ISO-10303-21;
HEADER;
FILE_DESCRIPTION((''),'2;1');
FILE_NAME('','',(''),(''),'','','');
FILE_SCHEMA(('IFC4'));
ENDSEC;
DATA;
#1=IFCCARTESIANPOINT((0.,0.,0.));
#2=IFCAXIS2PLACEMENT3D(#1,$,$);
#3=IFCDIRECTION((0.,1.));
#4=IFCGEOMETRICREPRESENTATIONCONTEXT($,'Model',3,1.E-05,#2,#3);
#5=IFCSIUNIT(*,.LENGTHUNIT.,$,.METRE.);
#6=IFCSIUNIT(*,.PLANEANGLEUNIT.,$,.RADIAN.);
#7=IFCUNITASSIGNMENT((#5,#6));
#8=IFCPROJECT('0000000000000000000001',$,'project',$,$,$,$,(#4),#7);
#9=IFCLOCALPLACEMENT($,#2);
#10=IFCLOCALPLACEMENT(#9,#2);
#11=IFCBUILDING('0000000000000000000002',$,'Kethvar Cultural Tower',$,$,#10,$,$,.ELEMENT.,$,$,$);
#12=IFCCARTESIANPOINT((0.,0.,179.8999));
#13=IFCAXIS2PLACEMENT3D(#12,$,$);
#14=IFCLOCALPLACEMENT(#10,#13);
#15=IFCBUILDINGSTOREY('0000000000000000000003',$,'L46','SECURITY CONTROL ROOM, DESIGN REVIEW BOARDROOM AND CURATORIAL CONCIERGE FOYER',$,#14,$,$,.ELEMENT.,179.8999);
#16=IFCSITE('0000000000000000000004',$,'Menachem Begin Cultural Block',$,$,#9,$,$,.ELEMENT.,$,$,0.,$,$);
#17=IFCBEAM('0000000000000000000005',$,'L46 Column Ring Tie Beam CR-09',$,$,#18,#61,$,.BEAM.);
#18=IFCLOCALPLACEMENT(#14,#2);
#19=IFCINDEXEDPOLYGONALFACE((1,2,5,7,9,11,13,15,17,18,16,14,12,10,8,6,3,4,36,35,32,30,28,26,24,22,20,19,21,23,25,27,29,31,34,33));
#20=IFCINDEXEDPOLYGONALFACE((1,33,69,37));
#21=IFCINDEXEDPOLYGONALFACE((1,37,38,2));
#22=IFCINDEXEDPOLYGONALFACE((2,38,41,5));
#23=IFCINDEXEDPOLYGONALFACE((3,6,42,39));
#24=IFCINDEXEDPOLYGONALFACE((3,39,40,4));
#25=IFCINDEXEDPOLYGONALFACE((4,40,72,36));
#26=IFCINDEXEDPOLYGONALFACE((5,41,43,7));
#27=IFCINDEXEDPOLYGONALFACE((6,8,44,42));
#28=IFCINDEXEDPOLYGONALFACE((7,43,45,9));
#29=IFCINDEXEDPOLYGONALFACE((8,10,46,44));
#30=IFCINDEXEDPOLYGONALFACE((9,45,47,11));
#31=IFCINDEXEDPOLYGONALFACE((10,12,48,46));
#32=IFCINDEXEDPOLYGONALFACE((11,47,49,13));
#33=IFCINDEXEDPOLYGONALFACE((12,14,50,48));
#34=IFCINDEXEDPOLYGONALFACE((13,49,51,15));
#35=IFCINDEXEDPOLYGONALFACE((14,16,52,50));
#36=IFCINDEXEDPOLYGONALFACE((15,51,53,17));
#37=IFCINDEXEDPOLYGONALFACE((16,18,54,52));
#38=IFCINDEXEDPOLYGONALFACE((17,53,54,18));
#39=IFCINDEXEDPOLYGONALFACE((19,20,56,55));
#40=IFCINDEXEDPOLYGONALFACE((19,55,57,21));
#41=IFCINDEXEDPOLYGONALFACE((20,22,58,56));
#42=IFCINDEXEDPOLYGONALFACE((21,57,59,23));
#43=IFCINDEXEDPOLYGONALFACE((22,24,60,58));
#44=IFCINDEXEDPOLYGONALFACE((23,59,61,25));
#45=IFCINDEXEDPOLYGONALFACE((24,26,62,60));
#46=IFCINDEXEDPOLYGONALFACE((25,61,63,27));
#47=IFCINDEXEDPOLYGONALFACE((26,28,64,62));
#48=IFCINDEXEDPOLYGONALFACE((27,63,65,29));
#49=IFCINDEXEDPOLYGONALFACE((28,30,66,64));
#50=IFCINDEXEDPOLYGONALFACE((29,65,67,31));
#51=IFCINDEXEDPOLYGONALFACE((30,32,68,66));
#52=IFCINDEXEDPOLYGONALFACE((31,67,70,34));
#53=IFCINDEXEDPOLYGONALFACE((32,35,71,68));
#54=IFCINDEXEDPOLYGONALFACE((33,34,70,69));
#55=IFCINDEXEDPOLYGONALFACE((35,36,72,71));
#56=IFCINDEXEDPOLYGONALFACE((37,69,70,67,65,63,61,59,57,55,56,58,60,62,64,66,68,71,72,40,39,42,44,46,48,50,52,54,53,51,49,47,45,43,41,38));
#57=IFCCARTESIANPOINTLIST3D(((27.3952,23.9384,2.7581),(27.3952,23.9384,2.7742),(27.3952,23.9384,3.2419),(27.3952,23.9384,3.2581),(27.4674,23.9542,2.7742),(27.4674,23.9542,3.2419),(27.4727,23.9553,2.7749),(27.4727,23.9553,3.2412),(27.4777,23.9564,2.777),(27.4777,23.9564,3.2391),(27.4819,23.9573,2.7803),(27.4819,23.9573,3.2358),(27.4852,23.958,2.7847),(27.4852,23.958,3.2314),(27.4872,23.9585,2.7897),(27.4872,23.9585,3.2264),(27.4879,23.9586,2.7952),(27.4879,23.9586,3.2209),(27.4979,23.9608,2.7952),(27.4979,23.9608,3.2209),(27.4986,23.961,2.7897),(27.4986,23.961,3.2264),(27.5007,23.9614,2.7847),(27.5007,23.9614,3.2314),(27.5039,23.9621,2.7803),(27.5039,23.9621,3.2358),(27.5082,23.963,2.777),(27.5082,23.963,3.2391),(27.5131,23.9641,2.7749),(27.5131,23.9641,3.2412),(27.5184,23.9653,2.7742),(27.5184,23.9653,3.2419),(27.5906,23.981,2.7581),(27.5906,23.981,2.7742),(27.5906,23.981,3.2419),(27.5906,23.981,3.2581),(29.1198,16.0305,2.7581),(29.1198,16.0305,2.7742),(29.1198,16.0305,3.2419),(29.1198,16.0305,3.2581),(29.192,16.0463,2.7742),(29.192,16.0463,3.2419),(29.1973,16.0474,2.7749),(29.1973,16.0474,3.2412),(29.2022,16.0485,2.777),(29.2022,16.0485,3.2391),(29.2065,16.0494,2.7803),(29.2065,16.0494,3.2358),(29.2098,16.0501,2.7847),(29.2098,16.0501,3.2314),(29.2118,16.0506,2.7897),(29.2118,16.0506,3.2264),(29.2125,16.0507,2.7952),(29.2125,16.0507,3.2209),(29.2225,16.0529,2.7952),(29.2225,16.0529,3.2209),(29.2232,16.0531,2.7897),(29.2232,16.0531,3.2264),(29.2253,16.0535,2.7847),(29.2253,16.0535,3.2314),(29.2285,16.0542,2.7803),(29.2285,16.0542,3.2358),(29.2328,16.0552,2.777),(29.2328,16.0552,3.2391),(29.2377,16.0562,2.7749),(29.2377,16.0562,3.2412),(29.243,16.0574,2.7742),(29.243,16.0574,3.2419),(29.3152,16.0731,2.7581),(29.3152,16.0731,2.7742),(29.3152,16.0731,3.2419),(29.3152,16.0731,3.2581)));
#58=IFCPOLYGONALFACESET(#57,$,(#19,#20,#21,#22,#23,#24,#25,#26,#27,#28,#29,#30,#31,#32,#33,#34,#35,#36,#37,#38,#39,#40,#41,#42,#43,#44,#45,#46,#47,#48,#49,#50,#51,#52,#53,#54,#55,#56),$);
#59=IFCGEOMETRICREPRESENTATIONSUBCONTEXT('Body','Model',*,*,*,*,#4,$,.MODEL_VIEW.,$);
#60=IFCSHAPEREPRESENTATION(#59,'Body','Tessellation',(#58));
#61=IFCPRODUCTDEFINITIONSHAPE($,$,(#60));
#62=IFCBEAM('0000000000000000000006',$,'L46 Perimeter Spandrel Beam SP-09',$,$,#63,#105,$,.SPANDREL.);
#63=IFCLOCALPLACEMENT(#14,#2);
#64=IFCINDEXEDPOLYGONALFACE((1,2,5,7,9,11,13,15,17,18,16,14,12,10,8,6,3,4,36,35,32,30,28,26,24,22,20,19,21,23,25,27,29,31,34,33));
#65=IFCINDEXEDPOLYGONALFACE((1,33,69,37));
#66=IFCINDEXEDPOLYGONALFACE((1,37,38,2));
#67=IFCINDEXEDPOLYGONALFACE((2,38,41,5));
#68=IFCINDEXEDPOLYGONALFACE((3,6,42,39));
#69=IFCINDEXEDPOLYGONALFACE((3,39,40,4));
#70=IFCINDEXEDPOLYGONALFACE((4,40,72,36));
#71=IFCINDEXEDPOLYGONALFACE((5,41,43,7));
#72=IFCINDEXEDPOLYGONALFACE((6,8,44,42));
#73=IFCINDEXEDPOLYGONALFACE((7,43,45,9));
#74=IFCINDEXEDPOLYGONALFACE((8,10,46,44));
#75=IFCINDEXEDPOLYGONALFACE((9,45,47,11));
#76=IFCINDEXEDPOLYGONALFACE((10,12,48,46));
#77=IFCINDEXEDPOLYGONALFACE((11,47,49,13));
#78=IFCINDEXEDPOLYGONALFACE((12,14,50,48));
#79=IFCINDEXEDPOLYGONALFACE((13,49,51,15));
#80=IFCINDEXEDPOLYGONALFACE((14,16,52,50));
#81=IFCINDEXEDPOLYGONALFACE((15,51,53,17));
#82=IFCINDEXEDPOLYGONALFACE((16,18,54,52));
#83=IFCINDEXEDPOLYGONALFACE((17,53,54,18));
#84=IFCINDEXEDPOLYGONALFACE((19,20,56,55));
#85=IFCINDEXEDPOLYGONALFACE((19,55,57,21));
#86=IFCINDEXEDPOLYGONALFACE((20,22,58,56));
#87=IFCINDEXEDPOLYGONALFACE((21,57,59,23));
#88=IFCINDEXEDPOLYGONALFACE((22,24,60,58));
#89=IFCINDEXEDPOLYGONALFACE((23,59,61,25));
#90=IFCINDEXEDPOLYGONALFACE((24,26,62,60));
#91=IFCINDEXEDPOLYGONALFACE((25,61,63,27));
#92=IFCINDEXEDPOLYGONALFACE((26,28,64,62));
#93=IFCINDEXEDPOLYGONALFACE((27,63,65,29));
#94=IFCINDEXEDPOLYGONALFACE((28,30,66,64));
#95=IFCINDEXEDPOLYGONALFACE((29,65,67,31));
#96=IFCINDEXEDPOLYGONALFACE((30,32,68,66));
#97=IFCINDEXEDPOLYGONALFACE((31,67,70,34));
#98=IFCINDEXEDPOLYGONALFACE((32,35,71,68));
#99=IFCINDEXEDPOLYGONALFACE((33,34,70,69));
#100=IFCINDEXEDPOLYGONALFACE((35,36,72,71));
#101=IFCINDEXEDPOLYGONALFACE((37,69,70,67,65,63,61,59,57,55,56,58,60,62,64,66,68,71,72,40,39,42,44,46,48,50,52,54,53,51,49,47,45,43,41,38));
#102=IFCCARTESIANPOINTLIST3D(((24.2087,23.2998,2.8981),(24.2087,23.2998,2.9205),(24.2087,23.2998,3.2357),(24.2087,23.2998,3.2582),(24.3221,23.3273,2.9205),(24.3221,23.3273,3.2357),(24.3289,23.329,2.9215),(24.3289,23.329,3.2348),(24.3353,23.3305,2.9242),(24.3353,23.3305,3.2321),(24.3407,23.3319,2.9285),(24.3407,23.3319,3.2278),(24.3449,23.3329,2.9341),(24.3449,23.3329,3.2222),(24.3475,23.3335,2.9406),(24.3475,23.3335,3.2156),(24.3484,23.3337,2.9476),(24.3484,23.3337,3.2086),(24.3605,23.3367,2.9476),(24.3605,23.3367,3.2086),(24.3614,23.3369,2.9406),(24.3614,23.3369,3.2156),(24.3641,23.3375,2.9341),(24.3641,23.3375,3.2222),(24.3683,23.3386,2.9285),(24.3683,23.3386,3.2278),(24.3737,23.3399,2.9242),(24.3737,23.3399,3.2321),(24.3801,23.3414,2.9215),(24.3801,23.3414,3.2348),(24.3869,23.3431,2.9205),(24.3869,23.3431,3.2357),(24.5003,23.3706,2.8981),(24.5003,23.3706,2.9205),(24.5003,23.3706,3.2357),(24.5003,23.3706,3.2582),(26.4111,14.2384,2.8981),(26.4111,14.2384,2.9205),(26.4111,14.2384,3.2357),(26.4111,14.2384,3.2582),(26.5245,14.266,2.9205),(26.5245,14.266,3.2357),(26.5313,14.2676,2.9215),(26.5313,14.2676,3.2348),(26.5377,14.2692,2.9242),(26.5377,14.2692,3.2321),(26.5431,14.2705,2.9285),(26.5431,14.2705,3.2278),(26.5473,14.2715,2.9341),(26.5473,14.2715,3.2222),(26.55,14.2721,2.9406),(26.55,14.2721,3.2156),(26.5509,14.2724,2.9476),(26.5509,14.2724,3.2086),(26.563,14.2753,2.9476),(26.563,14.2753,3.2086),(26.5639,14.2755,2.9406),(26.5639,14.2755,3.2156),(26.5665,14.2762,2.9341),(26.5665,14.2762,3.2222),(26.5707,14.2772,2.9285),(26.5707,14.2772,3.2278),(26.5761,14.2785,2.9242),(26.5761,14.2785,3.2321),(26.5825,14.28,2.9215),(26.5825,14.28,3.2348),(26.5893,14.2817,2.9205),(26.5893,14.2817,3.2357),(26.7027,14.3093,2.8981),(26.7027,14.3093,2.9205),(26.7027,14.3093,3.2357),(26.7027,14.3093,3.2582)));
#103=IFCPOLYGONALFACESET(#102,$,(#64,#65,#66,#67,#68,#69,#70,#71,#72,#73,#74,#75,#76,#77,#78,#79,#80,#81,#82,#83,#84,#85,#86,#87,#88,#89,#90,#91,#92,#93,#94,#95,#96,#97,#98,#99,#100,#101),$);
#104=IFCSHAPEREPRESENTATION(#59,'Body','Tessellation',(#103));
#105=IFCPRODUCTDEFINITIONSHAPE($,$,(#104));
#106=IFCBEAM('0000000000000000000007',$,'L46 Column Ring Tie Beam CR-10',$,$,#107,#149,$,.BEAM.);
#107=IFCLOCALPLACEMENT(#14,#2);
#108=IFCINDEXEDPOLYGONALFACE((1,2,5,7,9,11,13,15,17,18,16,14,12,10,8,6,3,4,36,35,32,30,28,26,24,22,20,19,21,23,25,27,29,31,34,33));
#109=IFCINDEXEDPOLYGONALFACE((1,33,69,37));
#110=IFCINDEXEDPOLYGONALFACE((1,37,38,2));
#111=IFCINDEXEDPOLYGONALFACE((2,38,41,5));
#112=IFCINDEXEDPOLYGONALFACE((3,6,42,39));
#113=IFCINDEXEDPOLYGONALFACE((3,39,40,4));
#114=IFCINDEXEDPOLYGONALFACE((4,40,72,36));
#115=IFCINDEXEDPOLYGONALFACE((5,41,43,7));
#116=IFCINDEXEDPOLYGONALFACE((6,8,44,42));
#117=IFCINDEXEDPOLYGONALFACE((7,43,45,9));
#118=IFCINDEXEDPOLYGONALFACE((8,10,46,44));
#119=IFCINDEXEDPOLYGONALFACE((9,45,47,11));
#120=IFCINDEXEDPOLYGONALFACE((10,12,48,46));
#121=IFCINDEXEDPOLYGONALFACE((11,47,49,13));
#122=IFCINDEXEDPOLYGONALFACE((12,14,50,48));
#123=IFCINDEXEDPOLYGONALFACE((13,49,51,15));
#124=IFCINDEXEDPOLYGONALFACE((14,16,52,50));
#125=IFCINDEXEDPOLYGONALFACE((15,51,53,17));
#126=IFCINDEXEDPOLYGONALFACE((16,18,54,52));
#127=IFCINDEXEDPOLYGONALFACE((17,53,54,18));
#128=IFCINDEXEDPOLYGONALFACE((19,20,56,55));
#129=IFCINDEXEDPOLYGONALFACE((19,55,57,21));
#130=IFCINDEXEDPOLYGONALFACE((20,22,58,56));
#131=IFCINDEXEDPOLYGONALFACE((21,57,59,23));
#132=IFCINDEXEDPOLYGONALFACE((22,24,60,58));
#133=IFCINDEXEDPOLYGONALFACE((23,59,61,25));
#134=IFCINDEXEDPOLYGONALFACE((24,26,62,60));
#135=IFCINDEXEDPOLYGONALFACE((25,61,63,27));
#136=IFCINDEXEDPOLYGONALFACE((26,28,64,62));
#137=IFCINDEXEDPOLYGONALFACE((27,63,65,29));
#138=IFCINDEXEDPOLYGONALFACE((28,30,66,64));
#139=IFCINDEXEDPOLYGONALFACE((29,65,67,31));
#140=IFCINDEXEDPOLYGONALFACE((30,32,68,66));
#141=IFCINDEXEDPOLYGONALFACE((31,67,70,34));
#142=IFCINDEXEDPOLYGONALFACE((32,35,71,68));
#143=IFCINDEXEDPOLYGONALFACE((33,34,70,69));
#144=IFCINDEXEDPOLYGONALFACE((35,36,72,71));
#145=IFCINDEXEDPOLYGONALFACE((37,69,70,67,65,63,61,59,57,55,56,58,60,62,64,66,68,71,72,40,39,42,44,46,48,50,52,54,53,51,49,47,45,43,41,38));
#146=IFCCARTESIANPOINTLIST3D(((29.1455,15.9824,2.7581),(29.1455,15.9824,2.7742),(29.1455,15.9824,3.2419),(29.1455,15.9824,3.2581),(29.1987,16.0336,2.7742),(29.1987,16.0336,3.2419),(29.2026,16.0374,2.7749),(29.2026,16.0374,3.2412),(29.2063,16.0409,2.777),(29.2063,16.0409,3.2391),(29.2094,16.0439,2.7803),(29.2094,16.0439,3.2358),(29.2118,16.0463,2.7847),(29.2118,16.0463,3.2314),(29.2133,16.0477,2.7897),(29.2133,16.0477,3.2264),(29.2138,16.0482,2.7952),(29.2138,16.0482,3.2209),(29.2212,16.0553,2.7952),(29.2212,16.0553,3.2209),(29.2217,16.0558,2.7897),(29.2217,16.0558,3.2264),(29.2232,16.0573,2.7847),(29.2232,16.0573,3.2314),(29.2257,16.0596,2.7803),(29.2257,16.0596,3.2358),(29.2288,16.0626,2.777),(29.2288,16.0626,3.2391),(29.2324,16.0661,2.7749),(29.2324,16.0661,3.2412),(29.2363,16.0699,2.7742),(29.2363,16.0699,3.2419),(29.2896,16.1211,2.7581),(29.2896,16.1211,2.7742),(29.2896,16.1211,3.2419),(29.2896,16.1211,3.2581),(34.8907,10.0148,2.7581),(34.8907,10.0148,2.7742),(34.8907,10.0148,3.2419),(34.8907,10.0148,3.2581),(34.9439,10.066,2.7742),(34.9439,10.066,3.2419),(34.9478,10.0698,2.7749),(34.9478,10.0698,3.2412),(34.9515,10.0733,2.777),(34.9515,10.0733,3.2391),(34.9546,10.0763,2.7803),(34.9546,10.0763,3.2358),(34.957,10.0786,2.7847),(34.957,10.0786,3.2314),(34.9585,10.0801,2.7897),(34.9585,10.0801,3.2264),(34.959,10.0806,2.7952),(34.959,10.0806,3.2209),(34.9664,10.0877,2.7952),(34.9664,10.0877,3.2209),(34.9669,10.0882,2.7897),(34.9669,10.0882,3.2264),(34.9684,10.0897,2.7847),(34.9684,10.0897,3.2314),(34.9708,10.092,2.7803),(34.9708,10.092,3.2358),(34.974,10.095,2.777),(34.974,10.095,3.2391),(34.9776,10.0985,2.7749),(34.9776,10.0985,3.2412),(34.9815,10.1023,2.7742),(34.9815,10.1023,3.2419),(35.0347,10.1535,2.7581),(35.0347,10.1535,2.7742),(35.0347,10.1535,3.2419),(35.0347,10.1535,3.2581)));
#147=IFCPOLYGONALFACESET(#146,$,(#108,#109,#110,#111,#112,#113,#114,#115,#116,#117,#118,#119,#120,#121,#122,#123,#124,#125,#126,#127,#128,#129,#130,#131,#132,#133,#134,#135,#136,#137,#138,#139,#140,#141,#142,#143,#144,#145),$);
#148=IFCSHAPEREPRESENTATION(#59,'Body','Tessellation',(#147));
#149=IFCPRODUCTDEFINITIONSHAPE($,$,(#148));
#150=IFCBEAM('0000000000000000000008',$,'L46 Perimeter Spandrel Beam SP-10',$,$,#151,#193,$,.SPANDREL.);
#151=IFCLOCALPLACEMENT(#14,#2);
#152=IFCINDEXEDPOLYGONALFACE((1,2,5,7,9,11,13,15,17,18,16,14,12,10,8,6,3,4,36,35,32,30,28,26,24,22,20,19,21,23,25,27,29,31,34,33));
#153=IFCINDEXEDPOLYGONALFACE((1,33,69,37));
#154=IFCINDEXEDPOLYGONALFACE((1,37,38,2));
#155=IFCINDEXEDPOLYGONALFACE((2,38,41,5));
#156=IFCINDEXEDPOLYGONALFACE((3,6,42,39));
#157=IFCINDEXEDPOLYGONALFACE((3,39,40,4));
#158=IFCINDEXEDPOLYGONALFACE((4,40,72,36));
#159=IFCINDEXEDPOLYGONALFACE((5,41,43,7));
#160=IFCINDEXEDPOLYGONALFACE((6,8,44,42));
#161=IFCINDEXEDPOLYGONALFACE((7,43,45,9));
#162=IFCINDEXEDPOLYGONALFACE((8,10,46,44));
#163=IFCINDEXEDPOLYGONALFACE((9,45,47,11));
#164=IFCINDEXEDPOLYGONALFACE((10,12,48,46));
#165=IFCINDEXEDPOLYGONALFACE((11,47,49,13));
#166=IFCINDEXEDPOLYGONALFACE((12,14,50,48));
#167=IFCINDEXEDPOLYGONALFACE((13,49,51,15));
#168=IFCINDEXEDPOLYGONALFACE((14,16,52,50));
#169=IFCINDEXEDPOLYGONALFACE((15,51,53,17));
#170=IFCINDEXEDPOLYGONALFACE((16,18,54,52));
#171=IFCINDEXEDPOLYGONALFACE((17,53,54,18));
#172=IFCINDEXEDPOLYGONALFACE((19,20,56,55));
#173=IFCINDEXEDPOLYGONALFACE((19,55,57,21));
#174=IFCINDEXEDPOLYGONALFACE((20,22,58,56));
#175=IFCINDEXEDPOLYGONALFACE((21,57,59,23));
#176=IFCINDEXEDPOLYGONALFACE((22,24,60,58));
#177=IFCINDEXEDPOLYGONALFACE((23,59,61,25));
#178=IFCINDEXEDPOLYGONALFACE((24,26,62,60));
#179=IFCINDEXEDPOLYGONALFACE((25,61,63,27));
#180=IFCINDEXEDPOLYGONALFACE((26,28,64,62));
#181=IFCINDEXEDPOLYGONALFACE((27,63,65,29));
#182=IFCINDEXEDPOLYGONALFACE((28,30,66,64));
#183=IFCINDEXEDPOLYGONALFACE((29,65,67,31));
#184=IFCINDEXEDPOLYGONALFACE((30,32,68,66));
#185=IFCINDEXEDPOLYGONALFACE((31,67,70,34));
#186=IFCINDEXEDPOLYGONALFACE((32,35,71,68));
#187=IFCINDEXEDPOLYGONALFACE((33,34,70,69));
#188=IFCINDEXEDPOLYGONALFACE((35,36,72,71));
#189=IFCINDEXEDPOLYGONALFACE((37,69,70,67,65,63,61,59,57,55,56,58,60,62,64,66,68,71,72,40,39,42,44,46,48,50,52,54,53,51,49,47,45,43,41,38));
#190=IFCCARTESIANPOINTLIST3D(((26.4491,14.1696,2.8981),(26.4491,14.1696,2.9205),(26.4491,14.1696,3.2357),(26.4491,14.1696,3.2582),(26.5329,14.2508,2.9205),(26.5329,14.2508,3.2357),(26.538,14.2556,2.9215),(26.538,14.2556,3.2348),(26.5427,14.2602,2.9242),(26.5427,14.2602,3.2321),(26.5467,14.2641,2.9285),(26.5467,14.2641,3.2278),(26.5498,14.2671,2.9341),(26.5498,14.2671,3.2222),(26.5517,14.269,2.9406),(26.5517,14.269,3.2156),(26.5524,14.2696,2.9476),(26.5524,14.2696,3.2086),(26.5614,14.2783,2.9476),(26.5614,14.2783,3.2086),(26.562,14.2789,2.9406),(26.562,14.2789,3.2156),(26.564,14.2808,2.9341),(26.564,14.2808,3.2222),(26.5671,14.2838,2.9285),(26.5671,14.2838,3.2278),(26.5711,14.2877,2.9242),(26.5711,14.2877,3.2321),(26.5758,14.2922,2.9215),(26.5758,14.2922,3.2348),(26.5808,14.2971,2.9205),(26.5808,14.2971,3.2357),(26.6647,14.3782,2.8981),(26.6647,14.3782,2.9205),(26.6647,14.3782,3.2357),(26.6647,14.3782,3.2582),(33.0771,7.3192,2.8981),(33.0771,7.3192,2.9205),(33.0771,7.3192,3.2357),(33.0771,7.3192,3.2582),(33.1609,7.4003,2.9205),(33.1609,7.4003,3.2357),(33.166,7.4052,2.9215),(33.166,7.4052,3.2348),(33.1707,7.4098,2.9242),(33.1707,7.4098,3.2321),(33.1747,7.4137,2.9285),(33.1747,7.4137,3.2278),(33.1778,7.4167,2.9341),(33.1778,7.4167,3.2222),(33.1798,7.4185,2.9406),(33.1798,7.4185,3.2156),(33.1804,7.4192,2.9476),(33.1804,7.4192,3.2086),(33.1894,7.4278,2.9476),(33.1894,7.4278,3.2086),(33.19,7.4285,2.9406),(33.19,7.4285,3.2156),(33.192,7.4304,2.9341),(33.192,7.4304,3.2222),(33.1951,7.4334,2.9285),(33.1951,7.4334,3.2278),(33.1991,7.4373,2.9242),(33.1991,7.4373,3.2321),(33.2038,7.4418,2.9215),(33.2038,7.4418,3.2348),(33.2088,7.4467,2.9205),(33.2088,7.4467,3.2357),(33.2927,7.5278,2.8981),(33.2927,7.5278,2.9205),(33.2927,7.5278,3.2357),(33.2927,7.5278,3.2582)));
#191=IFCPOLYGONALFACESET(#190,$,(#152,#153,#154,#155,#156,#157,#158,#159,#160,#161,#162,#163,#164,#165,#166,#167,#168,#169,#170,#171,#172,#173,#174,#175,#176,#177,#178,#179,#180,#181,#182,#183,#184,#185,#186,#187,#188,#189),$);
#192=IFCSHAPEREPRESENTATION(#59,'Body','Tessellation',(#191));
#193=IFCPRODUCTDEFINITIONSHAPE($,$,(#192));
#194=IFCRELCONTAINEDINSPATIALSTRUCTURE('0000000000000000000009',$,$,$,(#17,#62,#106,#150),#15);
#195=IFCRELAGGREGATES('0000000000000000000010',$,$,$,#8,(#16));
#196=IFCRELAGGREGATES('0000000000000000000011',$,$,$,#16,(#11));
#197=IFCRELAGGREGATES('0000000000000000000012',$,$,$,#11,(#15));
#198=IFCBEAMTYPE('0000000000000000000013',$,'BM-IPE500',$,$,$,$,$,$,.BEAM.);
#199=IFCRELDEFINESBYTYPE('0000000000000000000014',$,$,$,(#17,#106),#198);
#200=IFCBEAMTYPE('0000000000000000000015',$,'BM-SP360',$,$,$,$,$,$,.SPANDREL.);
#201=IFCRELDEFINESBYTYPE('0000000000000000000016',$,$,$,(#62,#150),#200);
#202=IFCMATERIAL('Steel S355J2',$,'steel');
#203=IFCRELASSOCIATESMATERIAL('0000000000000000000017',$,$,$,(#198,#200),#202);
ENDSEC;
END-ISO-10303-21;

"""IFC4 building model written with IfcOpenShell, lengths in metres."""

from ifc_helpers import new_model, si_unit, direction, frame, origin, origin_2d, place, context, subcontext, project, spatial, i_section, extrude, source, transform, mapped, material, material_profile, profile_set, type_object, element, save


model = new_model("IFC4")

# Units and contexts
model_context = context("Model", 3, precision=1e-05, world=origin(), true_north=direction((0.0, 1.0)))
body_context = subcontext(model_context, "Body", "Model", "MODEL_VIEW")
ifc_project = project(units=[si_unit("LENGTHUNIT", "METRE"), si_unit("PLANEANGLEUNIT", "RADIAN")], contexts=[model_context])

# Site, building, storey
site_placement = place(None, origin())
site = spatial("IfcSite", under=ifc_project, at=site_placement, Name="Menachem Begin Cultural Block", CompositionType="ELEMENT", RefElevation=0.0)
building_placement = place(site_placement, origin())
building = spatial("IfcBuilding", under=site, at=building_placement, Name="Kethvar Cultural Tower", CompositionType="ELEMENT")
storey_placement = place(building_placement, frame((0.0, 0.0, 179.8999)))
storey = spatial("IfcBuildingStorey", under=building, at=storey_placement, Name="L46", Description="SECURITY CONTROL ROOM, DESIGN REVIEW BOARDROOM AND CURATORIAL CONCIERGE FOYER", CompositionType="ELEMENT", Elevation=179.8999)

# Beams
ifc_material_1 = material(Name="Steel S355J2", Category="steel")
ifc_material_profile_1 = material_profile(ifc_material_1, i_section(OverallWidth=0.2, OverallDepth=0.5, WebThickness=0.0103, FlangeThickness=0.0161, FilletRadius=0.021, at=origin_2d()), Name="Steel S355J2 — IPE500")
ifc_profile_set_1 = profile_set([ifc_material_profile_1], Name="Steel S355J2 — IPE500")
beam_type_1 = type_object("IfcBeamType", Name="BM-IPE500", PredefinedType="BEAM", material=ifc_profile_set_1)
shared_shape_1 = source(origin(), body_context, "Body", "SweptSolid", [
    extrude(i_section(OverallWidth=0.2, OverallDepth=0.5, WebThickness=0.0103, FlangeThickness=0.0161, FilletRadius=0.021, at=origin_2d()), origin(), (0.0, 0.0, 1.0), 8.0938),
])
beam_1_placement = place(storey_placement, frame((27.4929, 23.9597, 3.0081), z_axis=(0.213077, -0.977035, 0.0), x_axis=(0.977035, 0.213077, 0.0)))
element("IfcBeam", 1, at=beam_1_placement, inside=storey, type_object=beam_type_1, Name="L46 Column Ring Tie Beam CR-09", PredefinedType="BEAM", context=body_context, shape_type="MappedRepresentation", body=[
    mapped(shared_shape_1, transform((0.0, 0.0, 0.0), scale=1.0)),
])
ifc_material_profile_2 = material_profile(ifc_material_1, i_section(OverallWidth=0.3, OverallDepth=0.3601, WebThickness=0.0125, FlangeThickness=0.0225, FilletRadius=0.0271, at=origin_2d()), Name="Steel S355J2 — HEB360")
ifc_profile_set_2 = profile_set([ifc_material_profile_2], Name="Steel S355J2 — HEB360")
beam_type_2 = type_object("IfcBeamType", Name="BM-SP360", PredefinedType="SPANDREL", material=ifc_profile_set_2)
shared_shape_2 = source(origin(), body_context, "Body", "SweptSolid", [
    extrude(i_section(OverallWidth=0.3, OverallDepth=0.3601, WebThickness=0.0125, FlangeThickness=0.0225, FilletRadius=0.0271, at=origin_2d()), origin(), (0.0, 0.0, 1.0), 9.3252),
])
beam_2_placement = place(storey_placement, frame((24.3545, 23.3352, 3.0781), z_axis=(0.236179, -0.97171, 0.0), x_axis=(0.97171, 0.236179, 0.0)))
element("IfcBeam", 2, at=beam_2_placement, inside=storey, type_object=beam_type_2, Name="L46 Perimeter Spandrel Beam SP-09", PredefinedType="SPANDREL", context=body_context, shape_type="MappedRepresentation", body=[
    mapped(shared_shape_2, transform((0.0, 0.0, 0.0), scale=1.0)),
])
shared_shape_3 = source(origin(), body_context, "Body", "SweptSolid", [
    extrude(i_section(OverallWidth=0.2, OverallDepth=0.5, WebThickness=0.0103, FlangeThickness=0.0161, FilletRadius=0.021, at=origin_2d()), origin(), (0.0, 0.0, 1.0), 8.2837),
])
beam_3_placement = place(storey_placement, frame((29.2175, 16.0518, 3.0081), z_axis=(0.693554, -0.720404, 0.0), x_axis=(0.720404, 0.693554, 0.0)))
element("IfcBeam", 3, at=beam_3_placement, inside=storey, type_object=beam_type_1, Name="L46 Column Ring Tie Beam CR-10", PredefinedType="BEAM", context=body_context, shape_type="MappedRepresentation", body=[
    mapped(shared_shape_3, transform((0.0, 0.0, 0.0), scale=1.0)),
])
shared_shape_4 = source(origin(), body_context, "Body", "SweptSolid", [
    extrude(i_section(OverallWidth=0.3, OverallDepth=0.3601, WebThickness=0.0125, FlangeThickness=0.0225, FilletRadius=0.0271, at=origin_2d()), origin(), (0.0, 0.0, 1.0), 9.532),
])
beam_4_placement = place(storey_placement, frame((26.5569, 14.2739, 3.0781), z_axis=(0.695344, -0.718677, 0.0), x_axis=(0.718677, 0.695344, 0.0)))
element("IfcBeam", 4, at=beam_4_placement, inside=storey, type_object=beam_type_2, Name="L46 Perimeter Spandrel Beam SP-10", PredefinedType="SPANDREL", context=body_context, shape_type="MappedRepresentation", body=[
    mapped(shared_shape_4, transform((0.0, 0.0, 0.0), scale=1.0)),
])

save(model, "model.ifc")
